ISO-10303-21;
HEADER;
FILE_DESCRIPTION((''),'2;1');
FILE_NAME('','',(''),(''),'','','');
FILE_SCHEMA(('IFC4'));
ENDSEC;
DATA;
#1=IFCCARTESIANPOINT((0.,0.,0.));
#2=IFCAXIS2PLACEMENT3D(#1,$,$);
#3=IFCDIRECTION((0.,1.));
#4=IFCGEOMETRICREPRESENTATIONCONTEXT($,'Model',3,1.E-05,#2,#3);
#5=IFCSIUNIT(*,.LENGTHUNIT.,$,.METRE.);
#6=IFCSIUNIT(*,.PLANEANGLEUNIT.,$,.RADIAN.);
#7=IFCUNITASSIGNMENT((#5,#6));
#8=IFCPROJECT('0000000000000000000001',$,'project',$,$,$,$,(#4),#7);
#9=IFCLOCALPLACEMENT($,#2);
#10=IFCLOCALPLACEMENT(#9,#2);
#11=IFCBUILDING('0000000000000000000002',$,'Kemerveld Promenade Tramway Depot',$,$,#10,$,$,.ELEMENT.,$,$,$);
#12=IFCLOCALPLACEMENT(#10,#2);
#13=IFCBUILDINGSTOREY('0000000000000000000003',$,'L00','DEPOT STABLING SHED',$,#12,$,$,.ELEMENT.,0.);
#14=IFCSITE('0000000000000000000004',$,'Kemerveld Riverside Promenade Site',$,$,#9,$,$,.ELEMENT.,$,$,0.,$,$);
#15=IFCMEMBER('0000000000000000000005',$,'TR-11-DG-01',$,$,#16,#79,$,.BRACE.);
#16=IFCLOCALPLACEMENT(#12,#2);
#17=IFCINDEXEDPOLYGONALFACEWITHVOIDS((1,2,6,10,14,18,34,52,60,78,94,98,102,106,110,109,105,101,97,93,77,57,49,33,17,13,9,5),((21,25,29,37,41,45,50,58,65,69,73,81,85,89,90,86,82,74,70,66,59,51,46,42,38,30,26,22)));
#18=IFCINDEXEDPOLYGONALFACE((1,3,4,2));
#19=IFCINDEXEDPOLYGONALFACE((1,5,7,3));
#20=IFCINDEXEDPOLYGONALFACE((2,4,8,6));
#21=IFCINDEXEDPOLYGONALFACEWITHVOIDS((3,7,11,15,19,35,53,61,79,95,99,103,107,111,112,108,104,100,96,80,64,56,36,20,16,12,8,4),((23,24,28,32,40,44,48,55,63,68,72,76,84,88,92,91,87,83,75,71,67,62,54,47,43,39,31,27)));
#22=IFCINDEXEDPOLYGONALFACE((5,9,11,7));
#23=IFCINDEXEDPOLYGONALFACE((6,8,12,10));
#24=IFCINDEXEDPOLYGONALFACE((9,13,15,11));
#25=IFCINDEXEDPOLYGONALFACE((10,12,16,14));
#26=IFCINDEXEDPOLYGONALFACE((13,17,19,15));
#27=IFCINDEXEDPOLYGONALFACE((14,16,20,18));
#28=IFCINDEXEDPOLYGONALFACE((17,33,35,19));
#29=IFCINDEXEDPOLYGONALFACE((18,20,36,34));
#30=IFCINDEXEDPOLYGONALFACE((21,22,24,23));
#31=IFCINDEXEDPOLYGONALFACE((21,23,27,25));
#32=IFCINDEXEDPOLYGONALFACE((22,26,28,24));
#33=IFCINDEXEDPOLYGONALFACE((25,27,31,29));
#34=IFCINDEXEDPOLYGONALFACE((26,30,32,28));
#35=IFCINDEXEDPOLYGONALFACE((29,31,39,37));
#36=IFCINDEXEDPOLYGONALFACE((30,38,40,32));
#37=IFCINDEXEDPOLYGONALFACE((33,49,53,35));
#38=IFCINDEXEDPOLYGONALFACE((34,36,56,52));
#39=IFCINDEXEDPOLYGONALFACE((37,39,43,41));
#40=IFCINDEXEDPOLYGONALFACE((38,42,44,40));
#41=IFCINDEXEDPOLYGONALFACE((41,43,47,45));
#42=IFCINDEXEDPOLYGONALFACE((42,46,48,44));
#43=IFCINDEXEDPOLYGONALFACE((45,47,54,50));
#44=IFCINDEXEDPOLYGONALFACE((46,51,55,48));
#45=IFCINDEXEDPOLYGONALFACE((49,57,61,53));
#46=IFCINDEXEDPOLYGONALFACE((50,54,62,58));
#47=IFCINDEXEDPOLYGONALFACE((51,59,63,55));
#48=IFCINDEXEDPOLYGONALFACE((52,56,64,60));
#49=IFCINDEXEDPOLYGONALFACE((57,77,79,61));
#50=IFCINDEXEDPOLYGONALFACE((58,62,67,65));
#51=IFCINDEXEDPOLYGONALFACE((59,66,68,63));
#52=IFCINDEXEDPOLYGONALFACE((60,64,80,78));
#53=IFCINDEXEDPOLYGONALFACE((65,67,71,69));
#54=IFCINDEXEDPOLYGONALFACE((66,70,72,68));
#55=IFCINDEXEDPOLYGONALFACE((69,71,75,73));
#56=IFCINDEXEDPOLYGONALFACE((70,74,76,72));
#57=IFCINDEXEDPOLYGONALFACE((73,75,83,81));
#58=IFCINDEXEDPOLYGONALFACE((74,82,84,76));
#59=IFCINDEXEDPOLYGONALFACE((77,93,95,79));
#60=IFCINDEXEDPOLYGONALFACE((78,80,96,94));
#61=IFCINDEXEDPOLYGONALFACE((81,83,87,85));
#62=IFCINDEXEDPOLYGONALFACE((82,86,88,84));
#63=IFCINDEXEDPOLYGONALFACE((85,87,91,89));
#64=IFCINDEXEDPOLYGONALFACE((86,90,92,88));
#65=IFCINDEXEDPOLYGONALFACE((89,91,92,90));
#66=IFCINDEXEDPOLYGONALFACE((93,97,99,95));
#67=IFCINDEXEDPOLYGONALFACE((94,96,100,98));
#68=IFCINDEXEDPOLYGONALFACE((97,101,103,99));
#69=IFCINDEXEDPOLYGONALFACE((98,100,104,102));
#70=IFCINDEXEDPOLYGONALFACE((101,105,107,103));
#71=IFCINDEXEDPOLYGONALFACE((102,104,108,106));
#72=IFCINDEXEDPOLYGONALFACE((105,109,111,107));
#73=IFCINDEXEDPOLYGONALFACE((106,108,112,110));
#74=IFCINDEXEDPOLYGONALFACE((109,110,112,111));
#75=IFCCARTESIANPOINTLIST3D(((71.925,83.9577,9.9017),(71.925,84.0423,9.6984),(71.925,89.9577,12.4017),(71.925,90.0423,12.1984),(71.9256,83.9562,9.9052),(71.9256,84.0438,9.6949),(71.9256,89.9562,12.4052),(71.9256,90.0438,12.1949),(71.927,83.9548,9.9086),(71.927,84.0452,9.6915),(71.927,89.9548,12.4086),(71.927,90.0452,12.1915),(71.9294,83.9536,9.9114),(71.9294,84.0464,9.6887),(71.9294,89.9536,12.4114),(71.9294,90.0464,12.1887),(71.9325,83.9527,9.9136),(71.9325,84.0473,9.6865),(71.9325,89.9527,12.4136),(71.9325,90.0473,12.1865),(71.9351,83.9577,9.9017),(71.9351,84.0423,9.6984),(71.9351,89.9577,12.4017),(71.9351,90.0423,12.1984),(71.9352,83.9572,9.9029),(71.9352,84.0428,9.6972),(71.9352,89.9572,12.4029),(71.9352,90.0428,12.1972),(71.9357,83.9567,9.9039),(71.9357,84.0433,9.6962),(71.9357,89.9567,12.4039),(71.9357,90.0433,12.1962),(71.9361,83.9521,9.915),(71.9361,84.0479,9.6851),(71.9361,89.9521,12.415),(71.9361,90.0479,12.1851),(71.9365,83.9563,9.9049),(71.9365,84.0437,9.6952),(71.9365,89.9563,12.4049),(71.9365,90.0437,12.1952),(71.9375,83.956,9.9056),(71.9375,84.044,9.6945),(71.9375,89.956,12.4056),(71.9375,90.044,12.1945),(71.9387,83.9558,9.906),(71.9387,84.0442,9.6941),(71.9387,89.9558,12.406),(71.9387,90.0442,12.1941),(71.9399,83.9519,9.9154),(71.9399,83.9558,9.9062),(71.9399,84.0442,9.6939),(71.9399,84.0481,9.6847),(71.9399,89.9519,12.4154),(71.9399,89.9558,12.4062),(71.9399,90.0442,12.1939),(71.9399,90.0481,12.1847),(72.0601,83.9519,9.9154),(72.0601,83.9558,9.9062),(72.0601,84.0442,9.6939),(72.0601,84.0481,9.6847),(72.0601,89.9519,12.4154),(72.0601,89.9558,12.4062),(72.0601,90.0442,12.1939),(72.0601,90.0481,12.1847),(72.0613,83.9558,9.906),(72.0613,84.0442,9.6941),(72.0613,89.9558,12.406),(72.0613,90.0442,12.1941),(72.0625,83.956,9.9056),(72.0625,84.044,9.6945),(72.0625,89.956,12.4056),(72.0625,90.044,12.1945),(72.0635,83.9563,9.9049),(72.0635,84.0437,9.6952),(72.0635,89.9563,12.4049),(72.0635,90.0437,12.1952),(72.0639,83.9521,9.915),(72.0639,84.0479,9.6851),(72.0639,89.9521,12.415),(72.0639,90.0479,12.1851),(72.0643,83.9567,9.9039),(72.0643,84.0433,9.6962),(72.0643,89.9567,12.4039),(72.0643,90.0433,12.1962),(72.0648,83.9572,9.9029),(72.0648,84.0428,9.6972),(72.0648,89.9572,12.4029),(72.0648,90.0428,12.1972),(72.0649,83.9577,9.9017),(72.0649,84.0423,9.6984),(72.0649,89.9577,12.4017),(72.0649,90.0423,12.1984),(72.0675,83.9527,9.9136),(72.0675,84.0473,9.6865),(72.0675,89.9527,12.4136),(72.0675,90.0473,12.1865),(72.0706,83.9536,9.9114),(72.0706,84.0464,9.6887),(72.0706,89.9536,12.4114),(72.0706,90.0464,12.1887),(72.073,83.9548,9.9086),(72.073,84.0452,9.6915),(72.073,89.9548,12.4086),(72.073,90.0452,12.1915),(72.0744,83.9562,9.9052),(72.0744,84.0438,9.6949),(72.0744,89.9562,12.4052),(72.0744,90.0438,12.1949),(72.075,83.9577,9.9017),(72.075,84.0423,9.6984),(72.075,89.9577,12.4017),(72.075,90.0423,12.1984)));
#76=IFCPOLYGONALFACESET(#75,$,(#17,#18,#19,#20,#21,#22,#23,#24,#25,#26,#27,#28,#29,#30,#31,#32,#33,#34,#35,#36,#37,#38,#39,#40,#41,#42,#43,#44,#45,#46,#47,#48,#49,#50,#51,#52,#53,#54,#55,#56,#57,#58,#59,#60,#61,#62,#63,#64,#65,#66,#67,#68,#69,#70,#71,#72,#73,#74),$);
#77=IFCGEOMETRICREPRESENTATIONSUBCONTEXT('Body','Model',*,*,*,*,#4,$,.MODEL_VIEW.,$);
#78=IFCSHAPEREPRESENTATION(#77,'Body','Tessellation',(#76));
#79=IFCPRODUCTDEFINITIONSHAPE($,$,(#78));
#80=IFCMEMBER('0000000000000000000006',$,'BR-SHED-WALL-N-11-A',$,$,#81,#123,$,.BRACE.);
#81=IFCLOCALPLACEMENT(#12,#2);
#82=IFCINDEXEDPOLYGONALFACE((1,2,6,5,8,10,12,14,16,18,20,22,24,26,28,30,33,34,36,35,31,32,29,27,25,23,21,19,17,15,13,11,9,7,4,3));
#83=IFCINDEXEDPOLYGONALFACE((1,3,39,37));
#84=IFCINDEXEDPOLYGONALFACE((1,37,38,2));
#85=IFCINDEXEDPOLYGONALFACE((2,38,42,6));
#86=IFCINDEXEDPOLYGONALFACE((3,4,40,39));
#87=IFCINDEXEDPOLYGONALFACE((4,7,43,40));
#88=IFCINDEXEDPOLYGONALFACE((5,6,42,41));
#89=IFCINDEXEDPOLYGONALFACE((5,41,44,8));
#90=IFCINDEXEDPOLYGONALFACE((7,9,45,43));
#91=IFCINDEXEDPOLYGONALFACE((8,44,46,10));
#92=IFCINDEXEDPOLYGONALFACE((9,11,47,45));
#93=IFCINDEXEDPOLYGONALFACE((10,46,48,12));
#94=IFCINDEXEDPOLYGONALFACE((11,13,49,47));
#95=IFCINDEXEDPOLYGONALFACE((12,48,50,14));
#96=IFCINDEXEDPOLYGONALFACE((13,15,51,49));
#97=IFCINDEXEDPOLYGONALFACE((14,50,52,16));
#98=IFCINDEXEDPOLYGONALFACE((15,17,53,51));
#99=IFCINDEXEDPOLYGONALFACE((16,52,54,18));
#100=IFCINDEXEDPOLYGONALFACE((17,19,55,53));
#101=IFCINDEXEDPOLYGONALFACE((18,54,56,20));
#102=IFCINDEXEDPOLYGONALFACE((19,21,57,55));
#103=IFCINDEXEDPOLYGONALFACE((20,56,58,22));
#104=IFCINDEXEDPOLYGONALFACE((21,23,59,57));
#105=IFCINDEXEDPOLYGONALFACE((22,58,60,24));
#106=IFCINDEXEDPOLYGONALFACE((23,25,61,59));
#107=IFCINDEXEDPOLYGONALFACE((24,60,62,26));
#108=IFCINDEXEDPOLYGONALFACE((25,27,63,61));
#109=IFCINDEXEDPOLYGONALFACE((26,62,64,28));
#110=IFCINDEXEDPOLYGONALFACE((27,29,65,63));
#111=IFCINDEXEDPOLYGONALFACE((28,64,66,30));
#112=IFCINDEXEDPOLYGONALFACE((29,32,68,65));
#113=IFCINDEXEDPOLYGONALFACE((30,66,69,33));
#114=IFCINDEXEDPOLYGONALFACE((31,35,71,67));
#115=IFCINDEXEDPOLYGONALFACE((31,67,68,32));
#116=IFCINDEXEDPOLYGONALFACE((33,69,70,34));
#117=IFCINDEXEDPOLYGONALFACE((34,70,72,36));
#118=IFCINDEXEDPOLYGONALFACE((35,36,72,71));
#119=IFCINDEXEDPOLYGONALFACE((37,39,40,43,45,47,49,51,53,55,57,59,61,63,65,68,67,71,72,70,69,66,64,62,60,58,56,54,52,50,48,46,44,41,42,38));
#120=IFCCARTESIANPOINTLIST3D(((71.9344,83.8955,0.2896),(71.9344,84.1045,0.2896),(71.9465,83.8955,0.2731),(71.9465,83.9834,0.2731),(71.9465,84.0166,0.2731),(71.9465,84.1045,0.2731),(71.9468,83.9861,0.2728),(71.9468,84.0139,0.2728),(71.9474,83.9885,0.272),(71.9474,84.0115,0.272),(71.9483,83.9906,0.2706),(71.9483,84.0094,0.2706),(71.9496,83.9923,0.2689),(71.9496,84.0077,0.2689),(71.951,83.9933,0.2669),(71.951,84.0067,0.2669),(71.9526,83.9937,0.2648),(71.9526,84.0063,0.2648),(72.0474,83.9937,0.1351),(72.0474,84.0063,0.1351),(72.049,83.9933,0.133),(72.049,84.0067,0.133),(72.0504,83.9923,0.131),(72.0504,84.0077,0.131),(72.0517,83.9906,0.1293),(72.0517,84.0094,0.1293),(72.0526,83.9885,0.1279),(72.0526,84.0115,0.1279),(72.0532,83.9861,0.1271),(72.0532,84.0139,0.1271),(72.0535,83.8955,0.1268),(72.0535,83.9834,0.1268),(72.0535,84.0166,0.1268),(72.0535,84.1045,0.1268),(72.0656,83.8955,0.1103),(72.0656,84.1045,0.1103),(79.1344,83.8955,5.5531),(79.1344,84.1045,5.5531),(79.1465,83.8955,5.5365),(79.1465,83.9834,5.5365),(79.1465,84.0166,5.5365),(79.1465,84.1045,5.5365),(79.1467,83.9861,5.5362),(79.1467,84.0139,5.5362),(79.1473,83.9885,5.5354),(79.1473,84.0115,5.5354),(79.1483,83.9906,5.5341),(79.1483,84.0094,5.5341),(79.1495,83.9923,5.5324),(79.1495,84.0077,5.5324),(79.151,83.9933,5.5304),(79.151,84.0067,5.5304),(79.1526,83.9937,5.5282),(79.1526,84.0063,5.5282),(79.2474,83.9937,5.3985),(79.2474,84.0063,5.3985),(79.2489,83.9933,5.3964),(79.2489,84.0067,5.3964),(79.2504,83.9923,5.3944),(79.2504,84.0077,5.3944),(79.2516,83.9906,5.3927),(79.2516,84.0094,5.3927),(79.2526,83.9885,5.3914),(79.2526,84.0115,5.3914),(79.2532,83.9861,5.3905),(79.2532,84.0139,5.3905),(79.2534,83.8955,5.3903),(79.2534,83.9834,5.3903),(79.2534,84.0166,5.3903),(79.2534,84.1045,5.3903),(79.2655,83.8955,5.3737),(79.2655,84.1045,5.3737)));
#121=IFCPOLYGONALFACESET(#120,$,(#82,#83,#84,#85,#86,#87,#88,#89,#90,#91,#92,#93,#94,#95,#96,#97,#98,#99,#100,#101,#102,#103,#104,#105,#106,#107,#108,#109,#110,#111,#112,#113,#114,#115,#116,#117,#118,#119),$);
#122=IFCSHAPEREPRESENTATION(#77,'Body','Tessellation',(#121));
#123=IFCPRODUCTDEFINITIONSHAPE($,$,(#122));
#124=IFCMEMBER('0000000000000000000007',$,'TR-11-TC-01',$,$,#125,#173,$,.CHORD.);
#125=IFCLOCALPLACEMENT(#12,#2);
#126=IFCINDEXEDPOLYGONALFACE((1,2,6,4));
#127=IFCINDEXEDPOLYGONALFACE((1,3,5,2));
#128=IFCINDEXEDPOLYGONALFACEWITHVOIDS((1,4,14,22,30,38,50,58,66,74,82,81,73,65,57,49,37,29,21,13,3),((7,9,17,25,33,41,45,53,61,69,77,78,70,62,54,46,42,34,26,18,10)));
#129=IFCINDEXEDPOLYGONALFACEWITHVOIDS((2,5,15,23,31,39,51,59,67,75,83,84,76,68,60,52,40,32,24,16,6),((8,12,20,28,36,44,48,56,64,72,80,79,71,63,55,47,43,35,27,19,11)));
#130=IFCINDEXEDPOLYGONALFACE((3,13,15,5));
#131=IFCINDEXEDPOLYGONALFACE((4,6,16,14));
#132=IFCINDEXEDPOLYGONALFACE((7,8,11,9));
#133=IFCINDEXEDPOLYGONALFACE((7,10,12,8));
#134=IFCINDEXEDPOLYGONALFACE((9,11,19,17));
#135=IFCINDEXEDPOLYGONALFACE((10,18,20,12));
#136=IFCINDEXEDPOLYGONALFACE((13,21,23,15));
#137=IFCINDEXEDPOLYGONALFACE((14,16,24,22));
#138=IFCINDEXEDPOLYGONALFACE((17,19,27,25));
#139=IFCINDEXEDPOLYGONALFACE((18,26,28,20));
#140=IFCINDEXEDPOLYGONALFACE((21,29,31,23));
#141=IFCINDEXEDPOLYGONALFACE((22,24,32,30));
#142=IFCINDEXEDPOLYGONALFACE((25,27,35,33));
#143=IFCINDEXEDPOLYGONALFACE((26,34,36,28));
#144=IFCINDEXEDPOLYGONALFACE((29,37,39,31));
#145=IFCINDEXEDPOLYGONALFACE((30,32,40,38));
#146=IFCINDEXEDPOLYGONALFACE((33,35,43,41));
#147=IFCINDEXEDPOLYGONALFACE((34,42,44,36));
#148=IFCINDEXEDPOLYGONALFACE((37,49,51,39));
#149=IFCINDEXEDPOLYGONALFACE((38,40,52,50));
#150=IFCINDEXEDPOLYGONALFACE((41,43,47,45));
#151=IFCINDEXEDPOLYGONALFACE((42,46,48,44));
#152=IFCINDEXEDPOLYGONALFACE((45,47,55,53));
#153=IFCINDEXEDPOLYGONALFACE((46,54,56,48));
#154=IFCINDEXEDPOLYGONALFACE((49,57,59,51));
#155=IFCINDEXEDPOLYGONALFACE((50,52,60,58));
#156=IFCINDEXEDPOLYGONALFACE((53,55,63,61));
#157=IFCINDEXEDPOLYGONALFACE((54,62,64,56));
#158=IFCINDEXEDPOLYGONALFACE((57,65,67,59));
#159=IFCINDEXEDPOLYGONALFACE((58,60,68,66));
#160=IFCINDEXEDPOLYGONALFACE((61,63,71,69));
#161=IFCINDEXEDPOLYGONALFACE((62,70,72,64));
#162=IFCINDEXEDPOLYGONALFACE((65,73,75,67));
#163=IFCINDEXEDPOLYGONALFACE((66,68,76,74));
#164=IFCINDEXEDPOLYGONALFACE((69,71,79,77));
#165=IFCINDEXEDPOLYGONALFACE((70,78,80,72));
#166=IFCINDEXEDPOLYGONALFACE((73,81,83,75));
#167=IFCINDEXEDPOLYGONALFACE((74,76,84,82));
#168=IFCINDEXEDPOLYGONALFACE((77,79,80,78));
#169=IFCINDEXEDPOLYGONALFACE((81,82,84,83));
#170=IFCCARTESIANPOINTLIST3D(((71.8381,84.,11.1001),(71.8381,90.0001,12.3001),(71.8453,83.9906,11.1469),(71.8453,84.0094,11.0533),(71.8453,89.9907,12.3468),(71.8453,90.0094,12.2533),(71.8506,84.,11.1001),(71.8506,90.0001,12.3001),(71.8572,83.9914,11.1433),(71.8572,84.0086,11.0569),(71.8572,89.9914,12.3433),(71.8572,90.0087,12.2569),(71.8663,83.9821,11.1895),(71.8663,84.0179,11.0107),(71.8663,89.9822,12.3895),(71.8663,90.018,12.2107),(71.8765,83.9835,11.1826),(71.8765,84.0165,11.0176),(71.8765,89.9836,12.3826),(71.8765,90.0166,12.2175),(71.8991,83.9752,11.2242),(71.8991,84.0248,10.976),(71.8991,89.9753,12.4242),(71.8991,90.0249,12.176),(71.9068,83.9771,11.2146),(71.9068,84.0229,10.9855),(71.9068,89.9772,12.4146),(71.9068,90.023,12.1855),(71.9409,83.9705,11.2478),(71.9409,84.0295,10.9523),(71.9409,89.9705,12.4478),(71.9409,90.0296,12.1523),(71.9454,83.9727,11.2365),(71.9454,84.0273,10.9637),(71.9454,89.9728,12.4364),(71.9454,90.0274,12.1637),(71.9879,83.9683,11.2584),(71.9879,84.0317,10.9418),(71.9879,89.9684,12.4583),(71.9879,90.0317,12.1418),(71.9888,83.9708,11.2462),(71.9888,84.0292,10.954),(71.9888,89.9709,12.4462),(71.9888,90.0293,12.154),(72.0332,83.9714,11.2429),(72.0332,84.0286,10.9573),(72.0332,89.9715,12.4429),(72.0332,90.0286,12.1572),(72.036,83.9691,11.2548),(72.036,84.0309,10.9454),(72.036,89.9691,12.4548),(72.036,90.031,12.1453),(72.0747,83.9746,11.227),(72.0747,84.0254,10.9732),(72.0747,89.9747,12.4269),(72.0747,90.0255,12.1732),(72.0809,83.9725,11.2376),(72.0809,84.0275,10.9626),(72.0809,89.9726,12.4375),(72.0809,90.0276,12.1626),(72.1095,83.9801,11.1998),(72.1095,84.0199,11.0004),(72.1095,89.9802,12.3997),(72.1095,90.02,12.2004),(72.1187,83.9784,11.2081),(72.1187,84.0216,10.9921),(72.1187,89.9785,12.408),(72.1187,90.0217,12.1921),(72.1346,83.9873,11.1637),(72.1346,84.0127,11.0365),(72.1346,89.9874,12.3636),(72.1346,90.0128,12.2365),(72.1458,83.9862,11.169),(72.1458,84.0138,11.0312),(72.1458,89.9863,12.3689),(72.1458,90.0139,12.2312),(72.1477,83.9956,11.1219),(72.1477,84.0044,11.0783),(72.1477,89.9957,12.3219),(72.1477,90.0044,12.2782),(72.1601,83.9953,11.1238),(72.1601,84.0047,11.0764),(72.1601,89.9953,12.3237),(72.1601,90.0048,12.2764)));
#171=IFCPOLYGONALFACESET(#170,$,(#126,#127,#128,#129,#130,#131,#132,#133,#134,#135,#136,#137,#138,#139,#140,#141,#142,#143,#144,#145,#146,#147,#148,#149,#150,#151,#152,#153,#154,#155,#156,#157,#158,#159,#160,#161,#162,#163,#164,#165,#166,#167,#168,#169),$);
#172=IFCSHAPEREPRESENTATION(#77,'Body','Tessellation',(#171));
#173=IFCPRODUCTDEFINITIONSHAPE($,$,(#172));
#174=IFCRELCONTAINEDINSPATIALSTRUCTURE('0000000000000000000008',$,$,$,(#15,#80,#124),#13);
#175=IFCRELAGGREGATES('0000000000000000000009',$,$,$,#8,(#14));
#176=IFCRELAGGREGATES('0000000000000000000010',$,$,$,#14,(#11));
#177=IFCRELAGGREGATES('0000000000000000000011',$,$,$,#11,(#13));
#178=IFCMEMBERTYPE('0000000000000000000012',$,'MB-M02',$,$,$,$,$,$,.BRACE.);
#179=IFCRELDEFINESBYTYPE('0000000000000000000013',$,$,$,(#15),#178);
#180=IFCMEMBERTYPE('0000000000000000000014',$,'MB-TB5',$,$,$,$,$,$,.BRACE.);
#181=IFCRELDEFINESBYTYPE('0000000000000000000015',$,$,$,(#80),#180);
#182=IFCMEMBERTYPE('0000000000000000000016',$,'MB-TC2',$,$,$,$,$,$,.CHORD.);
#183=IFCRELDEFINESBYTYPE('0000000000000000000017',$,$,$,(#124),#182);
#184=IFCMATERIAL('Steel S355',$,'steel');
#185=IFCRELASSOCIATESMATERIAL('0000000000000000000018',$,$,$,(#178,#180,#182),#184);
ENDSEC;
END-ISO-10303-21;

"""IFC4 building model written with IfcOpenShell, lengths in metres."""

from ifc_helpers import new_model, si_unit, direction, frame, origin, origin_2d, place, context, subcontext, project, spatial, hollow_rectangle, hollow_circle, i_section, extrude, material, material_profile, profile_set, type_object, element, save


model = new_model("IFC4")

# Units and contexts
model_context = context("Model", 3, precision=1e-05, world=origin(), true_north=direction((0.0, 1.0)))
body_context = subcontext(model_context, "Body", "Model", "MODEL_VIEW")
ifc_project = project(units=[si_unit("LENGTHUNIT", "METRE"), si_unit("PLANEANGLEUNIT", "RADIAN")], contexts=[model_context])

# Site, building, storey
site_placement = place(None, origin())
site = spatial("IfcSite", under=ifc_project, at=site_placement, Name="Kemerveld Riverside Promenade Site", CompositionType="ELEMENT", RefElevation=0.0)
building_placement = place(site_placement, origin())
building = spatial("IfcBuilding", under=site, at=building_placement, Name="Kemerveld Promenade Tramway Depot", CompositionType="ELEMENT")
storey_placement = place(building_placement, origin())
storey = spatial("IfcBuildingStorey", under=building, at=storey_placement, Name="L00", Description="DEPOT STABLING SHED", CompositionType="ELEMENT", Elevation=0.0)

# Shared definitions
ifc_material_1 = material(Name="Steel S355", Category="steel")

# Members
ifc_material_profile_1 = material_profile(ifc_material_1, hollow_rectangle(XDim=0.1499, YDim=0.25, WallThickness=0.01, InnerFilletRadius=0.0049, OuterFilletRadius=0.0149, at=origin_2d()), Name="250x150x10.0 RHS")
ifc_profile_set_1 = profile_set([ifc_material_profile_1], Name="Steel S355")
member_type_1 = type_object("IfcMemberType", Name="MB-M02", PredefinedType="BRACE", material=ifc_profile_set_1)
member_1_placement = place(storey_placement, frame((72.0, 84.0, 9.8), z_axis=(0.0, 0.923077, 0.384615), x_axis=(-1.0, 0.0, 0.0)))
element("IfcMember", 1, at=member_1_placement, inside=storey, type_object=member_type_1, Name="TR-11-DG-01", PredefinedType="BRACE", context=body_context, shape_type="SweptSolid", body=[
    extrude(hollow_rectangle(XDim=0.1499, YDim=0.25, WallThickness=0.01, InnerFilletRadius=0.0049, OuterFilletRadius=0.0149, at=origin_2d()), origin(), (0.0, 0.0, 1.0), 6.5),
])
ifc_material_profile_2 = material_profile(ifc_material_1, i_section(OverallWidth=0.209, OverallDepth=0.2222, WebThickness=0.0127, FlangeThickness=0.0205, FilletRadius=0.0103, at=origin_2d()), Name="203x203x86 UC")
ifc_profile_set_2 = profile_set([ifc_material_profile_2], Name="Steel S355")
member_type_2 = type_object("IfcMemberType", Name="MB-TB5", PredefinedType="BRACE", material=ifc_profile_set_2)
member_2_placement = place(storey_placement, frame((72.0, 84.0, 0.2), z_axis=(0.807288, 0.0, 0.590157), x_axis=(0.0, 1.0, 0.0)))
element("IfcMember", 2, at=member_2_placement, inside=storey, type_object=member_type_2, Name="BR-SHED-WALL-N-11-A", PredefinedType="BRACE", context=body_context, shape_type="SweptSolid", body=[
    extrude(i_section(OverallWidth=0.209, OverallDepth=0.2222, WebThickness=0.0127, FlangeThickness=0.0205, FilletRadius=0.0103, at=origin_2d()), origin(), (0.0, 0.0, 1.0), 8.9187),
])
ifc_material_profile_3 = material_profile(ifc_material_1, hollow_circle(Radius=0.1619, WallThickness=0.0125, at=origin_2d()), Name="323.9x12.5 CHS")
ifc_profile_set_3 = profile_set([ifc_material_profile_3], Name="Steel S355")
member_type_3 = type_object("IfcMemberType", Name="MB-TC2", PredefinedType="CHORD", material=ifc_profile_set_3)
member_3_placement = place(storey_placement, frame((72.0, 84.0, 11.1001), z_axis=(0.0, 0.980582, 0.196108), x_axis=(-1.0, 0.0, 0.0)))
element("IfcMember", 3, at=member_3_placement, inside=storey, type_object=member_type_3, Name="TR-11-TC-01", PredefinedType="CHORD", context=body_context, shape_type="SweptSolid", body=[
    extrude(hollow_circle(Radius=0.1619, WallThickness=0.0125, at=origin_2d()), origin(), (0.0, 0.0, 1.0), 6.1189),
])

save(model, "model.ifc")
